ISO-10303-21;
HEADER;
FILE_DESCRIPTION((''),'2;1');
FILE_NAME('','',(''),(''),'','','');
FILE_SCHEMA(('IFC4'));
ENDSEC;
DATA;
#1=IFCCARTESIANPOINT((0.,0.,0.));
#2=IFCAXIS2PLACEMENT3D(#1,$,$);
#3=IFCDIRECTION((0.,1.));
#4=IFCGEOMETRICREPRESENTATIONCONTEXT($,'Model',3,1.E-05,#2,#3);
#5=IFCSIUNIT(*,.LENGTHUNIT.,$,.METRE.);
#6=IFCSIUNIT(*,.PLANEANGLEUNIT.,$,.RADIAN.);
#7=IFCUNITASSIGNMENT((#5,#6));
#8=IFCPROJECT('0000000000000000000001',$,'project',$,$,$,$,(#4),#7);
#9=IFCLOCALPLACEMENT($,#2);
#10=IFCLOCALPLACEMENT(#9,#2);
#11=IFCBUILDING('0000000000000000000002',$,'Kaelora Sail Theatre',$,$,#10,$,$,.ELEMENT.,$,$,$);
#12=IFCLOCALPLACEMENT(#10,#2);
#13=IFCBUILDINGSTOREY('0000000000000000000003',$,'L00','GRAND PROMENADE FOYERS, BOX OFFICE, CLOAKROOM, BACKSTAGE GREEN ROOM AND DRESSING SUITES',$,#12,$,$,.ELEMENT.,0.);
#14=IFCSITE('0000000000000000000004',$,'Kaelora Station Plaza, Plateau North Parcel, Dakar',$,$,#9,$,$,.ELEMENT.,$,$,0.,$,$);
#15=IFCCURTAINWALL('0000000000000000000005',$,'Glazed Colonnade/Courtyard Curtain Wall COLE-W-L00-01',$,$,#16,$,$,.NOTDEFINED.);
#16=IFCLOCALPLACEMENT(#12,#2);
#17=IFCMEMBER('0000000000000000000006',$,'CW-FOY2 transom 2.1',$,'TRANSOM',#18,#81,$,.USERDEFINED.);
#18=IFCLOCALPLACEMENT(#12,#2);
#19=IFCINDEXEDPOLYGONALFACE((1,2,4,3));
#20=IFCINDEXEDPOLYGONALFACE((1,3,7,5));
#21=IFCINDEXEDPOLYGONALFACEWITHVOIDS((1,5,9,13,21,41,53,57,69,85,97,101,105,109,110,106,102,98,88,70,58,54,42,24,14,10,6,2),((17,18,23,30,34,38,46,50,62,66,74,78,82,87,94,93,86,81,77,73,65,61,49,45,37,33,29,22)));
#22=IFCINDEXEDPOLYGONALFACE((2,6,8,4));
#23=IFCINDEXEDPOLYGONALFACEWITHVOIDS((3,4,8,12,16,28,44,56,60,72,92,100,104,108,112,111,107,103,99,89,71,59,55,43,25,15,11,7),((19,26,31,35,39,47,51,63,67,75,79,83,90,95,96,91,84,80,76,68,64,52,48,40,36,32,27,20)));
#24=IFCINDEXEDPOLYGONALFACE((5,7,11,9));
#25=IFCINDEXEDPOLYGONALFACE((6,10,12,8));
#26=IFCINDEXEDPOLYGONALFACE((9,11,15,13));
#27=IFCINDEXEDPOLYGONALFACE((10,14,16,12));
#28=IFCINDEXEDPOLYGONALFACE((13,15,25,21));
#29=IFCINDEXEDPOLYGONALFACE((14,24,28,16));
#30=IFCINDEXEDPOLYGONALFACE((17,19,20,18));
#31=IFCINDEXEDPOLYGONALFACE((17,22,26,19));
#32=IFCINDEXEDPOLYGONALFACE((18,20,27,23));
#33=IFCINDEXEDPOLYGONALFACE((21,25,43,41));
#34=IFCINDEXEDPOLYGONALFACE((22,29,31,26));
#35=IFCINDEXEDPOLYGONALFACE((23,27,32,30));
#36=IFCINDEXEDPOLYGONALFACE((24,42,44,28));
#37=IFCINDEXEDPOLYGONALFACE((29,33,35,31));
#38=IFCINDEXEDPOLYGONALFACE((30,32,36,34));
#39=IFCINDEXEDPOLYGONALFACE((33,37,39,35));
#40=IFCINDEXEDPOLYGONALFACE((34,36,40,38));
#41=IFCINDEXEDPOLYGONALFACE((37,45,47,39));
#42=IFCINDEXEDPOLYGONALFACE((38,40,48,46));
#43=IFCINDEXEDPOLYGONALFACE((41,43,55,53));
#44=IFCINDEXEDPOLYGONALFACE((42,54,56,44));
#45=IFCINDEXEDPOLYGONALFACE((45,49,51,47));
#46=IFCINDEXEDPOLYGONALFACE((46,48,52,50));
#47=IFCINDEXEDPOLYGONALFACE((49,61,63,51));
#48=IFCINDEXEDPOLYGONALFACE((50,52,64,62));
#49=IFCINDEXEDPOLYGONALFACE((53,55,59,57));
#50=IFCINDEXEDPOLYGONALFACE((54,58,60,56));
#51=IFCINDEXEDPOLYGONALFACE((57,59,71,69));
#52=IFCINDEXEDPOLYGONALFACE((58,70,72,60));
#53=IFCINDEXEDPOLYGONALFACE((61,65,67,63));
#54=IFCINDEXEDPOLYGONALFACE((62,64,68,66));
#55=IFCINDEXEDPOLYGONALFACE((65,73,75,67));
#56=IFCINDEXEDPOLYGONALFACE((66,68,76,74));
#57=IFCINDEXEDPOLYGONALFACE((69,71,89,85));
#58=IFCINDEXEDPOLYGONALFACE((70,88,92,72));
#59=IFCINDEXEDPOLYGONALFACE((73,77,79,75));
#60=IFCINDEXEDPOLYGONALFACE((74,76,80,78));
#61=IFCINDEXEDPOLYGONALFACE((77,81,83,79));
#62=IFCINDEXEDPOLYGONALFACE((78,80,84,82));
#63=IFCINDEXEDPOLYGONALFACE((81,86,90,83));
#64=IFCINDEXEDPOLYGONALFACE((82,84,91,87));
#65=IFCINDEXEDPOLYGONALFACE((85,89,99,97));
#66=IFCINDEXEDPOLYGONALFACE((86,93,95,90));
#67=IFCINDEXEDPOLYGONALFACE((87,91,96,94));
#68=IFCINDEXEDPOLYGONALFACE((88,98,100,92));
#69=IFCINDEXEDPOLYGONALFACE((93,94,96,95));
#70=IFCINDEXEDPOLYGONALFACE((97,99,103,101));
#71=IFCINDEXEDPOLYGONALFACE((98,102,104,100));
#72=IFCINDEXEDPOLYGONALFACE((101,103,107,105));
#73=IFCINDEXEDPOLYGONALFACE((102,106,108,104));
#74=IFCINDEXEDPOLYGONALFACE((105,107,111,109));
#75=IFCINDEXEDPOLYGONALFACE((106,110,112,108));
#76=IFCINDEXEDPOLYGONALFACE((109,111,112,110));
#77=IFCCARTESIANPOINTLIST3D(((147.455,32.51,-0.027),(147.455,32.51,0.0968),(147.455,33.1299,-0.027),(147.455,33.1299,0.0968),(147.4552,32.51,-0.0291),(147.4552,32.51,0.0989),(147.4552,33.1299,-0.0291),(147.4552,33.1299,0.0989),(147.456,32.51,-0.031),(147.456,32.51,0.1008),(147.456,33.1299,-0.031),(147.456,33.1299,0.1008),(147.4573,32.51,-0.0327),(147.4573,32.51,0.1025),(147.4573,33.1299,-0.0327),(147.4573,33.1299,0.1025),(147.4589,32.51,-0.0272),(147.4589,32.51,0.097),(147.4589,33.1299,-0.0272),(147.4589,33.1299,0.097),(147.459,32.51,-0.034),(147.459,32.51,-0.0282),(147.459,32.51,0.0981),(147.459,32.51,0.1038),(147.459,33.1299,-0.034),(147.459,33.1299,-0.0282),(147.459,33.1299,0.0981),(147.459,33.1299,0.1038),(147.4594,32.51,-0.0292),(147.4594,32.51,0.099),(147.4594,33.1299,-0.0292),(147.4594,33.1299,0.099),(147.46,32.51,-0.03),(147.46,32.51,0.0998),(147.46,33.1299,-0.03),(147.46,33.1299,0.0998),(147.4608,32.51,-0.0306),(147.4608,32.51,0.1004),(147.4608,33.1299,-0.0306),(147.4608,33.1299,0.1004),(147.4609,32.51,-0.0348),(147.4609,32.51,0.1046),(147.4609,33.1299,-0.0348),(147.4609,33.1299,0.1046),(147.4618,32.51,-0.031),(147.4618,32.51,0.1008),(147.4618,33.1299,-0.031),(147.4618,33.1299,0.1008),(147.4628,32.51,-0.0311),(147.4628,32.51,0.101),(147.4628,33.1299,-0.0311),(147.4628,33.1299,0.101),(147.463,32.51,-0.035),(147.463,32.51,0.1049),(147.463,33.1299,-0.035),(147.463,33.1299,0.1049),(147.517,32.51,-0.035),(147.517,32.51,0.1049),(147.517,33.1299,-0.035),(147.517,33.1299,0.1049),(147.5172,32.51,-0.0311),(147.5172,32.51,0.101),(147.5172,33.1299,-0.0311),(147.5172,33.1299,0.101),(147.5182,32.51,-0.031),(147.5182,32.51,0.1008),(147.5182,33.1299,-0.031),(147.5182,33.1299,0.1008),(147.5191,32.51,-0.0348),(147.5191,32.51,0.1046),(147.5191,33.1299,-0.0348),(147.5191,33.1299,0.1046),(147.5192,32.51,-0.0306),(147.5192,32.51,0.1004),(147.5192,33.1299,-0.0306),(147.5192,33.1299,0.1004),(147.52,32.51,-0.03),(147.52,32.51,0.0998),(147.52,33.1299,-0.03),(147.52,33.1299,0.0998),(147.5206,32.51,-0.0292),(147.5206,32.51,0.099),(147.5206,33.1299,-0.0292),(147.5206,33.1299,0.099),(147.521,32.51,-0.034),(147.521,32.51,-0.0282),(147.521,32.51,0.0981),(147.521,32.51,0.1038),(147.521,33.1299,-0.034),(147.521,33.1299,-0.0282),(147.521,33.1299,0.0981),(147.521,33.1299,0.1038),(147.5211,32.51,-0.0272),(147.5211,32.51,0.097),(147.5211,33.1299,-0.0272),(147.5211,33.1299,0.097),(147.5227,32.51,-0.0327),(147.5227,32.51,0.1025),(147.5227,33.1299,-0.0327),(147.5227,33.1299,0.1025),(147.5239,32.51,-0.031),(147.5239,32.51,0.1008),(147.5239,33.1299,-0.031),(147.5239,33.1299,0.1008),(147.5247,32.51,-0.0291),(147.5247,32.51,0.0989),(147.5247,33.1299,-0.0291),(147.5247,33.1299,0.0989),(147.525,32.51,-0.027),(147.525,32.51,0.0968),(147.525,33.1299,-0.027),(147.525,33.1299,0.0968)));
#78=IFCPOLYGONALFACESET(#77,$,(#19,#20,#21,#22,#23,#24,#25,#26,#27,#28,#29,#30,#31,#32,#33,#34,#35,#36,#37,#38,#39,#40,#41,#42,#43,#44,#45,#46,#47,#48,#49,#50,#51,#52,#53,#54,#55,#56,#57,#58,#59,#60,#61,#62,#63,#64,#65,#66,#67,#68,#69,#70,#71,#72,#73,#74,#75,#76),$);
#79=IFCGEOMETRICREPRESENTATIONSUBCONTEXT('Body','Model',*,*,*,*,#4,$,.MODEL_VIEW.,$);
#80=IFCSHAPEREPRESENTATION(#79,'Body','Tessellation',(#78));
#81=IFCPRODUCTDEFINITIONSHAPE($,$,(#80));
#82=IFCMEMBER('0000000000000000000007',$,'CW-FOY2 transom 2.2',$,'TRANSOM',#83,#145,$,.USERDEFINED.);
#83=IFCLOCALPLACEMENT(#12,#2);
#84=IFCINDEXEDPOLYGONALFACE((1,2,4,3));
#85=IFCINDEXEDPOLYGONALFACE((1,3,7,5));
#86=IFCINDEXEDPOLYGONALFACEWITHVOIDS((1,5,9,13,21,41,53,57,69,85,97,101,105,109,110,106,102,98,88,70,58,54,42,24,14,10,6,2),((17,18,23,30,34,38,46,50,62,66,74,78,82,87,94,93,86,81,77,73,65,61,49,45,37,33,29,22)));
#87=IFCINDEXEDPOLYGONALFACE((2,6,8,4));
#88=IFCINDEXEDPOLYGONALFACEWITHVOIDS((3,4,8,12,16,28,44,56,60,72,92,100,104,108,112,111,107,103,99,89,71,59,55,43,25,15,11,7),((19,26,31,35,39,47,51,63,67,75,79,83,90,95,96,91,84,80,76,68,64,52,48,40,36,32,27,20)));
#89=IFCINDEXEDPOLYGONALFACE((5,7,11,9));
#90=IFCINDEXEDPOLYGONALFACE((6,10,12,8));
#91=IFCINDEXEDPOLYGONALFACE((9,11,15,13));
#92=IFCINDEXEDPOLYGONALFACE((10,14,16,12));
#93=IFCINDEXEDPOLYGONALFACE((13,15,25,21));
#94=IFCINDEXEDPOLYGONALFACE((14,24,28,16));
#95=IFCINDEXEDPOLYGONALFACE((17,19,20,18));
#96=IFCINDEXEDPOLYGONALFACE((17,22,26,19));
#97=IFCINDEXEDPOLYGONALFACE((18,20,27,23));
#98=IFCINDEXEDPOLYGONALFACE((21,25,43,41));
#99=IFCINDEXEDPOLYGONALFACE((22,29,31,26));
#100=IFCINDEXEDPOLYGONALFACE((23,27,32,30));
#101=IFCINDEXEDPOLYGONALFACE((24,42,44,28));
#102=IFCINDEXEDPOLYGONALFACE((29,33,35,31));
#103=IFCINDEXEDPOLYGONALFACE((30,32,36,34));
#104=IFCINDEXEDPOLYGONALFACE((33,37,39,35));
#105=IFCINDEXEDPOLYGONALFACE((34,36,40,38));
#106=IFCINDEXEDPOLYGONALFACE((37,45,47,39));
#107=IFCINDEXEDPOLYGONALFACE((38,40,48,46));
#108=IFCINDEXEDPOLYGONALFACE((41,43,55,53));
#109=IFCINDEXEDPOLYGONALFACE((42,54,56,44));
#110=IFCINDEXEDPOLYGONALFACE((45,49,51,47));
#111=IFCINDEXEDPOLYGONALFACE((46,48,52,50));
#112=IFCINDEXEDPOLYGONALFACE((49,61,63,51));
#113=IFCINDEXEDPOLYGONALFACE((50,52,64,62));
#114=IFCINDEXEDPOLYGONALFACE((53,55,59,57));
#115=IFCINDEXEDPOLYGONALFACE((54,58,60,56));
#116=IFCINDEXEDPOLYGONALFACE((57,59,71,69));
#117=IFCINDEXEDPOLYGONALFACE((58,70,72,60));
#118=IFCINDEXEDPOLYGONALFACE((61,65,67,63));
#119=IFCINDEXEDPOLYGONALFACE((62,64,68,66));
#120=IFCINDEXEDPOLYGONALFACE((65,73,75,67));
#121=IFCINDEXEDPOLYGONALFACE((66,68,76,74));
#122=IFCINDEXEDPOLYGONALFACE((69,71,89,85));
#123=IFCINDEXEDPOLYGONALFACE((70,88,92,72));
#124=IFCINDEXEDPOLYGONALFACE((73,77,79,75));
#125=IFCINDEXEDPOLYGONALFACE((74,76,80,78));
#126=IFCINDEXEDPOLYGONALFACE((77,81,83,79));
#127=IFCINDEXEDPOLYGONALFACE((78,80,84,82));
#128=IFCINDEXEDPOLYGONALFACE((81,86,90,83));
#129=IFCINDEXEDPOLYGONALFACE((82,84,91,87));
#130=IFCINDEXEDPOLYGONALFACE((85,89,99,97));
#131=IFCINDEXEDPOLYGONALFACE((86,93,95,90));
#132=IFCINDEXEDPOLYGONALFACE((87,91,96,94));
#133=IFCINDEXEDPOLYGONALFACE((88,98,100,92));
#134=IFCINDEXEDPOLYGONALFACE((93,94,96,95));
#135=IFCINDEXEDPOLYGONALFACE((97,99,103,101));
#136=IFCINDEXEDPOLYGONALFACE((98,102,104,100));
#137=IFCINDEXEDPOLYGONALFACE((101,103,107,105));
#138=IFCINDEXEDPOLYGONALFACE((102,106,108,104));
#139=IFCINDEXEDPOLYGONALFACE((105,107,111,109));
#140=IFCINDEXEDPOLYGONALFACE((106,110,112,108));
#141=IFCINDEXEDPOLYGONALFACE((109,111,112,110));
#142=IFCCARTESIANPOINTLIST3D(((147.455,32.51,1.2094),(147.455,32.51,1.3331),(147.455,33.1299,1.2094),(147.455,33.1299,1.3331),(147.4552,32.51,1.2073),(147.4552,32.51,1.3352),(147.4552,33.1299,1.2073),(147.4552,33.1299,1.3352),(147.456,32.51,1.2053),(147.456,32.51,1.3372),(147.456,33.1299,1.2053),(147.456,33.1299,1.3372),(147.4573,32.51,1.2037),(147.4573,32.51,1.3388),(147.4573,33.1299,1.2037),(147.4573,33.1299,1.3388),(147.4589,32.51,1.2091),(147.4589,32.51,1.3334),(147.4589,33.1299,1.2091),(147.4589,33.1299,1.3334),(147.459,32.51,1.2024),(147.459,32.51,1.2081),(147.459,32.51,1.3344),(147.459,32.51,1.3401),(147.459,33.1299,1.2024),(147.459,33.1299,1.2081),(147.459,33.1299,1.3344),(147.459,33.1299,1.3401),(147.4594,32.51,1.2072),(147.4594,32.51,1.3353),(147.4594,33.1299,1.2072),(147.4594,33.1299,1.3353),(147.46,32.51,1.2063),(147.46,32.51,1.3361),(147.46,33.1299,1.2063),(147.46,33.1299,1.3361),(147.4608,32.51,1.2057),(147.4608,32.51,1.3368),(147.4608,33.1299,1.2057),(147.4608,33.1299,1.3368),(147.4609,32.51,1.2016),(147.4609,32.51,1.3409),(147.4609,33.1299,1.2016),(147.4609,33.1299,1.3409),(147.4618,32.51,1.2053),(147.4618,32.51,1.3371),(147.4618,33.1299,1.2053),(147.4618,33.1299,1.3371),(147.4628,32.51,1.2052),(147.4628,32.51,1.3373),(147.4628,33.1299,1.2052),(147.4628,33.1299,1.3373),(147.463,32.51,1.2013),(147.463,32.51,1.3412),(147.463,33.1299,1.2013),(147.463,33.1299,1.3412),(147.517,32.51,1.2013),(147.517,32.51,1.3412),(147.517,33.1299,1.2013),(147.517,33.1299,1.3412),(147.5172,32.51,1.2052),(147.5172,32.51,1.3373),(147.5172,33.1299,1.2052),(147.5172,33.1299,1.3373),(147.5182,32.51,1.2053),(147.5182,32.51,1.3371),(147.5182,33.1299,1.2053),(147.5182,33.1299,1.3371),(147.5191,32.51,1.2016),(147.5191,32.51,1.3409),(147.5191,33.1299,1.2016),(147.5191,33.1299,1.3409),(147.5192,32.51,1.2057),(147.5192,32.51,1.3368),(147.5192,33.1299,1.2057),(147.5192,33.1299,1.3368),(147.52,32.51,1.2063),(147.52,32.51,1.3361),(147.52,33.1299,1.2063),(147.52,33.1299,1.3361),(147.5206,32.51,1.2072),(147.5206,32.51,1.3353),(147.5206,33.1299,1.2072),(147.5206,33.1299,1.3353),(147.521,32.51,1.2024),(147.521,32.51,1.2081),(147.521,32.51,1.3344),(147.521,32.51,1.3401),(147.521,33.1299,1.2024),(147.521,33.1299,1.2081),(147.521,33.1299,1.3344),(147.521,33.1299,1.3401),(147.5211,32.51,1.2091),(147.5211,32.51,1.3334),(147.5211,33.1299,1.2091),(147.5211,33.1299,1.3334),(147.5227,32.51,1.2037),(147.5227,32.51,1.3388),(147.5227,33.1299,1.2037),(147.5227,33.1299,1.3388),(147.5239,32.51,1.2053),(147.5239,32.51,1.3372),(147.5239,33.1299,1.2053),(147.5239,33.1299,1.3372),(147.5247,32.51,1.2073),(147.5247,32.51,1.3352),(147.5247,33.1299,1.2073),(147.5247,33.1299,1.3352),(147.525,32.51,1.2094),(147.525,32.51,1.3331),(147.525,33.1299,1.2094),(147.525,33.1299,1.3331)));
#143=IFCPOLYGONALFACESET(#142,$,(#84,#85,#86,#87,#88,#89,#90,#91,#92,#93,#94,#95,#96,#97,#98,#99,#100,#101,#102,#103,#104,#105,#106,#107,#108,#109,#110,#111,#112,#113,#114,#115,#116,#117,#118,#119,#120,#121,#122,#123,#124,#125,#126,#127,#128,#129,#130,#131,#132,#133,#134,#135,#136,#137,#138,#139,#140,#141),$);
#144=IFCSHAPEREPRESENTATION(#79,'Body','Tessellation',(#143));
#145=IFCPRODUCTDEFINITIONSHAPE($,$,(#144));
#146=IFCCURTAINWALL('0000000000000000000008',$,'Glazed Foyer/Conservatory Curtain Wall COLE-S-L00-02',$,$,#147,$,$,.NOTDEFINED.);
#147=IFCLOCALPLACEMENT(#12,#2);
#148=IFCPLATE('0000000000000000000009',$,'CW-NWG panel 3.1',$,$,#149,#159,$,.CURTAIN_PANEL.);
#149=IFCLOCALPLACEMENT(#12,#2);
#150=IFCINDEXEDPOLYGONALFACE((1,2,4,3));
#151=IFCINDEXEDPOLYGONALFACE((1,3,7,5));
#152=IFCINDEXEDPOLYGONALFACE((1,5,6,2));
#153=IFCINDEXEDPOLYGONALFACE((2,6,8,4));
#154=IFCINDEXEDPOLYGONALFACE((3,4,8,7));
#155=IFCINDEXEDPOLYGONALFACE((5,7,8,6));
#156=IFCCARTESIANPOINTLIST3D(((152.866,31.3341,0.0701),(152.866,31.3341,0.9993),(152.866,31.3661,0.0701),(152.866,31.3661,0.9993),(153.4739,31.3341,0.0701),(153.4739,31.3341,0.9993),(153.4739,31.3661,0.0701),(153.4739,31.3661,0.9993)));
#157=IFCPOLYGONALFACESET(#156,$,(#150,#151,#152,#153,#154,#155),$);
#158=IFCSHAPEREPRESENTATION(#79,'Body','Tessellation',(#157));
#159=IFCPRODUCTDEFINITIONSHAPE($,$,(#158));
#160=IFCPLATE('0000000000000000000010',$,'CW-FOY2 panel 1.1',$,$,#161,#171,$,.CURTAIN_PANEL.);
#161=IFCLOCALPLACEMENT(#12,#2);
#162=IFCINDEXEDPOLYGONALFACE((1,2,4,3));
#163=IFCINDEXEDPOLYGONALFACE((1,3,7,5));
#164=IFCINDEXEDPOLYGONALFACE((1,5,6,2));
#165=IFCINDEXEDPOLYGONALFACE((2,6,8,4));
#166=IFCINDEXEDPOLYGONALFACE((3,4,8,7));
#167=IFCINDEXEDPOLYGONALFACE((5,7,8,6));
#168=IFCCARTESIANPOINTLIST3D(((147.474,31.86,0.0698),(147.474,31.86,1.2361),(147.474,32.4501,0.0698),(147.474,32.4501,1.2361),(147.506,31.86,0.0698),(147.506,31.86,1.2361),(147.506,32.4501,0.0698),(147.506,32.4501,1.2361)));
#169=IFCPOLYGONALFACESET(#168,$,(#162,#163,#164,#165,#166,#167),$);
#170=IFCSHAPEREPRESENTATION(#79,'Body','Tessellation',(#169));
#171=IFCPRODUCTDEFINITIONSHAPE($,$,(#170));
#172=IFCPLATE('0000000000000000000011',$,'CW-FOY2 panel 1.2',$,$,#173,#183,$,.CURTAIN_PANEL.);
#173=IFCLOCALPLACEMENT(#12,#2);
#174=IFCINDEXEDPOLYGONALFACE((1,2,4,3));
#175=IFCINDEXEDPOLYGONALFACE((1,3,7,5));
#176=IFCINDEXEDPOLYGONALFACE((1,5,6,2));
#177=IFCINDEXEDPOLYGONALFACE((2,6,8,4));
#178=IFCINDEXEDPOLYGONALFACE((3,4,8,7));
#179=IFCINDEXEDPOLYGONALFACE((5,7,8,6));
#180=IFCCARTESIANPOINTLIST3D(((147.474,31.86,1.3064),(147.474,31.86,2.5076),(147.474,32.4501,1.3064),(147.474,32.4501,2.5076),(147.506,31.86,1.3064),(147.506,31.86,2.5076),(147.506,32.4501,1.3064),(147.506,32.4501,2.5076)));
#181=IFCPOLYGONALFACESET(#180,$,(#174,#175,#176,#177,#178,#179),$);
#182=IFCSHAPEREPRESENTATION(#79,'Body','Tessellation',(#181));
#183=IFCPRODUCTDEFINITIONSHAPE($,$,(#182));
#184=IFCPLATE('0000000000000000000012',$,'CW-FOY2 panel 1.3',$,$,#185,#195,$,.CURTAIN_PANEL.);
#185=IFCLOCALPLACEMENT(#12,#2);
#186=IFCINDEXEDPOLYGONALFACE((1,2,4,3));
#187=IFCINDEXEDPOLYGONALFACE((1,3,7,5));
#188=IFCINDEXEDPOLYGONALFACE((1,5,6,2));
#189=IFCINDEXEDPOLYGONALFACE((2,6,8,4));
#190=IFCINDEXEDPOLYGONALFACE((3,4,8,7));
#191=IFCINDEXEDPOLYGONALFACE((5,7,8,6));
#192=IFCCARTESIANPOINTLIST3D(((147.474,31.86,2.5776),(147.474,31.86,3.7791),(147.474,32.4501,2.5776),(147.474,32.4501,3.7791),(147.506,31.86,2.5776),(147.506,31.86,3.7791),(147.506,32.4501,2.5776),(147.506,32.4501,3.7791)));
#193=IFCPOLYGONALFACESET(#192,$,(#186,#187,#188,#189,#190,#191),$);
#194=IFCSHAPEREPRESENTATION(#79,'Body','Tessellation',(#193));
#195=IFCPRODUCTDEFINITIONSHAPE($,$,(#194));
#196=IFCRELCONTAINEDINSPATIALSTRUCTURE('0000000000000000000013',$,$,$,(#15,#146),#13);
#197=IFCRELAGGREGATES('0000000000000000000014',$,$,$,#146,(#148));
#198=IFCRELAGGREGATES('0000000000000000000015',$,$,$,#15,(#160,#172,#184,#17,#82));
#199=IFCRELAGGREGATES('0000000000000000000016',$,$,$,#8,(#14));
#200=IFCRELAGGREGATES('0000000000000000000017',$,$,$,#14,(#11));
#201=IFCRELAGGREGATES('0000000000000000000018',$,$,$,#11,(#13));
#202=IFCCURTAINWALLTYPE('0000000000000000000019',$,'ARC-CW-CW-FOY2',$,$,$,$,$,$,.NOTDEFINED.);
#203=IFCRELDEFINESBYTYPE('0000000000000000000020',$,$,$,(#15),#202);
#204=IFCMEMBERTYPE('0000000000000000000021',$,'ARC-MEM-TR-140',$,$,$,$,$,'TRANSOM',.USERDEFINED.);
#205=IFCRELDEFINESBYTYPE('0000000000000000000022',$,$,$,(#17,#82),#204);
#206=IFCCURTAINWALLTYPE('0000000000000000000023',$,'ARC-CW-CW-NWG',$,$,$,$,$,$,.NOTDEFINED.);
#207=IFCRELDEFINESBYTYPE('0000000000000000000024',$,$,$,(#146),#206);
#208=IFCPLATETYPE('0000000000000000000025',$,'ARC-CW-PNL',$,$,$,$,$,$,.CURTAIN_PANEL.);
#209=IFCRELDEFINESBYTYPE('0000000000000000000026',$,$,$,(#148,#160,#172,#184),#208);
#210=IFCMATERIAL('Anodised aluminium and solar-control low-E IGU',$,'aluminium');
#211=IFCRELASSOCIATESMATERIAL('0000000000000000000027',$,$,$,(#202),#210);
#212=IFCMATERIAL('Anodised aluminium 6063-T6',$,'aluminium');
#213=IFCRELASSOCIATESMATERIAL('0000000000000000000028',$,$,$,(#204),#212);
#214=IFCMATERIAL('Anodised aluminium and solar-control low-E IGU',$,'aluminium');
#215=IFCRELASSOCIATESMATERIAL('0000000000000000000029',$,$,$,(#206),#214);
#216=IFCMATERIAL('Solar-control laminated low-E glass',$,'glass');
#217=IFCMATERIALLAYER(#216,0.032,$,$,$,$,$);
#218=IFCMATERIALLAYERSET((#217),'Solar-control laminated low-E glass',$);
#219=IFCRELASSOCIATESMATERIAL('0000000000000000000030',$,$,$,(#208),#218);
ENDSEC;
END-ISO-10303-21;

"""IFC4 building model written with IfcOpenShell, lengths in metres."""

from ifc_helpers import new_model, si_unit, direction, frame, origin, origin_2d, place, context, subcontext, project, spatial, rectangle, hollow_rectangle, extrude, material, layer, layer_set, material_profile, profile_set, type_object, element, aggregate, save


model = new_model("IFC4")

# Units and contexts
model_context = context("Model", 3, precision=1e-05, world=origin(), true_north=direction((0.0, 1.0)))
body_context = subcontext(model_context, "Body", "Model", "MODEL_VIEW")
ifc_project = project(units=[si_unit("LENGTHUNIT", "METRE"), si_unit("PLANEANGLEUNIT", "RADIAN")], contexts=[model_context])

# Site, building, storey
site_placement = place(None, origin())
site = spatial("IfcSite", under=ifc_project, at=site_placement, Name="Kaelora Station Plaza, Plateau North Parcel, Dakar", CompositionType="ELEMENT", RefElevation=0.0)
building_placement = place(site_placement, origin())
building = spatial("IfcBuilding", under=site, at=building_placement, Name="Kaelora Sail Theatre", CompositionType="ELEMENT")
storey_placement = place(building_placement, origin())
storey = spatial("IfcBuildingStorey", under=building, at=storey_placement, Name="L00", Description="GRAND PROMENADE FOYERS, BOX OFFICE, CLOAKROOM, BACKSTAGE GREEN ROOM AND DRESSING SUITES", CompositionType="ELEMENT", Elevation=0.0)

# Curtain wall
ifc_material_1 = material(Name="Anodised aluminium and solar-control low-E IGU", Category="aluminium")
curtain_wall_type_1 = type_object("IfcCurtainWallType", Name="ARC-CW-CW-FOY2", PredefinedType="NOTDEFINED", material=ifc_material_1)
curtain_wall_1_placement = place(storey_placement, origin())
curtain_wall_1 = element("IfcCurtainWall", 1, at=curtain_wall_1_placement, inside=storey, type_object=curtain_wall_type_1, Name="Glazed Colonnade/Courtyard Curtain Wall COLE-W-L00-01", PredefinedType="NOTDEFINED")

# Members
ifc_material_2 = material(Name="Anodised aluminium 6063-T6", Category="aluminium")
ifc_material_profile_1 = material_profile(ifc_material_2, hollow_rectangle(XDim=0.0701, YDim=0.1399, WallThickness=0.0039, InnerFilletRadius=0.0039, OuterFilletRadius=0.0081, at=origin_2d()), Name="ALU-TRAN 70x140x4")
ifc_profile_set_1 = profile_set([ifc_material_profile_1], Name="Anodised aluminium 6063-T6")
member_type_1 = type_object("IfcMemberType", Name="ARC-MEM-TR-140", ElementType="TRANSOM", PredefinedType="USERDEFINED", material=ifc_profile_set_1)
member_1_placement = place(storey_placement, frame((147.49, 32.51, 0.0349), z_axis=(0.0, 1.0, 0.0), x_axis=(-1.0, 0.0, 0.0)))
member_1 = element("IfcMember", 2, at=member_1_placement, type_object=member_type_1, Name="CW-FOY2 transom 2.1", ObjectType="TRANSOM", PredefinedType="USERDEFINED", context=body_context, shape_type="SweptSolid", body=[
    extrude(hollow_rectangle(XDim=0.0701, YDim=0.1399, WallThickness=0.0039, InnerFilletRadius=0.0039, OuterFilletRadius=0.0081, at=origin_2d()), origin(), (0.0, 0.0, 1.0), 0.6199),
])
member_2_placement = place(storey_placement, frame((147.49, 32.51, 1.2712), z_axis=(0.0, 1.0, 0.0), x_axis=(-1.0, 0.0, 0.0)))
member_2 = element("IfcMember", 3, at=member_2_placement, type_object=member_type_1, Name="CW-FOY2 transom 2.2", ObjectType="TRANSOM", PredefinedType="USERDEFINED", context=body_context, shape_type="SweptSolid", body=[
    extrude(hollow_rectangle(XDim=0.0701, YDim=0.1399, WallThickness=0.0039, InnerFilletRadius=0.0039, OuterFilletRadius=0.0081, at=origin_2d()), origin(), (0.0, 0.0, 1.0), 0.6199),
])

# Curtain wall, plate
ifc_material_3 = material(Name="Anodised aluminium and solar-control low-E IGU", Category="aluminium")
curtain_wall_type_2 = type_object("IfcCurtainWallType", Name="ARC-CW-CW-NWG", PredefinedType="NOTDEFINED", material=ifc_material_3)
curtain_wall_2_placement = place(storey_placement, origin())
curtain_wall_2 = element("IfcCurtainWall", 4, at=curtain_wall_2_placement, inside=storey, type_object=curtain_wall_type_2, Name="Glazed Foyer/Conservatory Curtain Wall COLE-S-L00-02", PredefinedType="NOTDEFINED")
ifc_material_4 = material(Name="Solar-control laminated low-E glass", Category="glass")
ifc_layer = layer(ifc_material_4, 0.032)
ifc_layer_set = layer_set([ifc_layer], Name="Solar-control laminated low-E glass")
plate_type = type_object("IfcPlateType", Name="ARC-CW-PNL", PredefinedType="CURTAIN_PANEL", material=ifc_layer_set)
plate_1_placement = place(storey_placement, frame((153.1699, 31.3501, 0.0701), z_axis=(0.0, 0.0, 1.0), x_axis=(1.0, 0.0, 0.0)))
plate_1 = element("IfcPlate", 5, at=plate_1_placement, type_object=plate_type, Name="CW-NWG panel 3.1", PredefinedType="CURTAIN_PANEL", context=body_context, shape_type="SweptSolid", body=[
    extrude(rectangle(XDim=0.6079, YDim=0.032, at=origin_2d()), origin(), (0.0, 0.0, 1.0), 0.9292),
])
aggregate(curtain_wall_2, [plate_1])

# Plates
plate_2_placement = place(storey_placement, frame((147.49, 32.155, 0.0698), z_axis=(0.0, 0.0, 1.0), x_axis=(0.0, 1.0, 0.0)))
plate_2 = element("IfcPlate", 6, at=plate_2_placement, type_object=plate_type, Name="CW-FOY2 panel 1.1", PredefinedType="CURTAIN_PANEL", context=body_context, shape_type="SweptSolid", body=[
    extrude(rectangle(XDim=0.5901, YDim=0.032, at=origin_2d()), origin(), (0.0, 0.0, 1.0), 1.1663),
])
plate_3_placement = place(storey_placement, frame((147.49, 32.155, 1.3064), z_axis=(0.0, 0.0, 1.0), x_axis=(0.0, 1.0, 0.0)))
plate_3 = element("IfcPlate", 7, at=plate_3_placement, type_object=plate_type, Name="CW-FOY2 panel 1.2", PredefinedType="CURTAIN_PANEL", context=body_context, shape_type="SweptSolid", body=[
    extrude(rectangle(XDim=0.5901, YDim=0.032, at=origin_2d()), origin(), (0.0, 0.0, 1.0), 1.2012),
])
plate_4_placement = place(storey_placement, frame((147.49, 32.155, 2.5776), z_axis=(0.0, 0.0, 1.0), x_axis=(0.0, 1.0, 0.0)))
plate_4 = element("IfcPlate", 8, at=plate_4_placement, type_object=plate_type, Name="CW-FOY2 panel 1.3", PredefinedType="CURTAIN_PANEL", context=body_context, shape_type="SweptSolid", body=[
    extrude(rectangle(XDim=0.5901, YDim=0.032, at=origin_2d()), origin(), (0.0, 0.0, 1.0), 1.2014),
])
aggregate(curtain_wall_1, [plate_2, plate_3, plate_4, member_1, member_2])

save(model, "model.ifc")
